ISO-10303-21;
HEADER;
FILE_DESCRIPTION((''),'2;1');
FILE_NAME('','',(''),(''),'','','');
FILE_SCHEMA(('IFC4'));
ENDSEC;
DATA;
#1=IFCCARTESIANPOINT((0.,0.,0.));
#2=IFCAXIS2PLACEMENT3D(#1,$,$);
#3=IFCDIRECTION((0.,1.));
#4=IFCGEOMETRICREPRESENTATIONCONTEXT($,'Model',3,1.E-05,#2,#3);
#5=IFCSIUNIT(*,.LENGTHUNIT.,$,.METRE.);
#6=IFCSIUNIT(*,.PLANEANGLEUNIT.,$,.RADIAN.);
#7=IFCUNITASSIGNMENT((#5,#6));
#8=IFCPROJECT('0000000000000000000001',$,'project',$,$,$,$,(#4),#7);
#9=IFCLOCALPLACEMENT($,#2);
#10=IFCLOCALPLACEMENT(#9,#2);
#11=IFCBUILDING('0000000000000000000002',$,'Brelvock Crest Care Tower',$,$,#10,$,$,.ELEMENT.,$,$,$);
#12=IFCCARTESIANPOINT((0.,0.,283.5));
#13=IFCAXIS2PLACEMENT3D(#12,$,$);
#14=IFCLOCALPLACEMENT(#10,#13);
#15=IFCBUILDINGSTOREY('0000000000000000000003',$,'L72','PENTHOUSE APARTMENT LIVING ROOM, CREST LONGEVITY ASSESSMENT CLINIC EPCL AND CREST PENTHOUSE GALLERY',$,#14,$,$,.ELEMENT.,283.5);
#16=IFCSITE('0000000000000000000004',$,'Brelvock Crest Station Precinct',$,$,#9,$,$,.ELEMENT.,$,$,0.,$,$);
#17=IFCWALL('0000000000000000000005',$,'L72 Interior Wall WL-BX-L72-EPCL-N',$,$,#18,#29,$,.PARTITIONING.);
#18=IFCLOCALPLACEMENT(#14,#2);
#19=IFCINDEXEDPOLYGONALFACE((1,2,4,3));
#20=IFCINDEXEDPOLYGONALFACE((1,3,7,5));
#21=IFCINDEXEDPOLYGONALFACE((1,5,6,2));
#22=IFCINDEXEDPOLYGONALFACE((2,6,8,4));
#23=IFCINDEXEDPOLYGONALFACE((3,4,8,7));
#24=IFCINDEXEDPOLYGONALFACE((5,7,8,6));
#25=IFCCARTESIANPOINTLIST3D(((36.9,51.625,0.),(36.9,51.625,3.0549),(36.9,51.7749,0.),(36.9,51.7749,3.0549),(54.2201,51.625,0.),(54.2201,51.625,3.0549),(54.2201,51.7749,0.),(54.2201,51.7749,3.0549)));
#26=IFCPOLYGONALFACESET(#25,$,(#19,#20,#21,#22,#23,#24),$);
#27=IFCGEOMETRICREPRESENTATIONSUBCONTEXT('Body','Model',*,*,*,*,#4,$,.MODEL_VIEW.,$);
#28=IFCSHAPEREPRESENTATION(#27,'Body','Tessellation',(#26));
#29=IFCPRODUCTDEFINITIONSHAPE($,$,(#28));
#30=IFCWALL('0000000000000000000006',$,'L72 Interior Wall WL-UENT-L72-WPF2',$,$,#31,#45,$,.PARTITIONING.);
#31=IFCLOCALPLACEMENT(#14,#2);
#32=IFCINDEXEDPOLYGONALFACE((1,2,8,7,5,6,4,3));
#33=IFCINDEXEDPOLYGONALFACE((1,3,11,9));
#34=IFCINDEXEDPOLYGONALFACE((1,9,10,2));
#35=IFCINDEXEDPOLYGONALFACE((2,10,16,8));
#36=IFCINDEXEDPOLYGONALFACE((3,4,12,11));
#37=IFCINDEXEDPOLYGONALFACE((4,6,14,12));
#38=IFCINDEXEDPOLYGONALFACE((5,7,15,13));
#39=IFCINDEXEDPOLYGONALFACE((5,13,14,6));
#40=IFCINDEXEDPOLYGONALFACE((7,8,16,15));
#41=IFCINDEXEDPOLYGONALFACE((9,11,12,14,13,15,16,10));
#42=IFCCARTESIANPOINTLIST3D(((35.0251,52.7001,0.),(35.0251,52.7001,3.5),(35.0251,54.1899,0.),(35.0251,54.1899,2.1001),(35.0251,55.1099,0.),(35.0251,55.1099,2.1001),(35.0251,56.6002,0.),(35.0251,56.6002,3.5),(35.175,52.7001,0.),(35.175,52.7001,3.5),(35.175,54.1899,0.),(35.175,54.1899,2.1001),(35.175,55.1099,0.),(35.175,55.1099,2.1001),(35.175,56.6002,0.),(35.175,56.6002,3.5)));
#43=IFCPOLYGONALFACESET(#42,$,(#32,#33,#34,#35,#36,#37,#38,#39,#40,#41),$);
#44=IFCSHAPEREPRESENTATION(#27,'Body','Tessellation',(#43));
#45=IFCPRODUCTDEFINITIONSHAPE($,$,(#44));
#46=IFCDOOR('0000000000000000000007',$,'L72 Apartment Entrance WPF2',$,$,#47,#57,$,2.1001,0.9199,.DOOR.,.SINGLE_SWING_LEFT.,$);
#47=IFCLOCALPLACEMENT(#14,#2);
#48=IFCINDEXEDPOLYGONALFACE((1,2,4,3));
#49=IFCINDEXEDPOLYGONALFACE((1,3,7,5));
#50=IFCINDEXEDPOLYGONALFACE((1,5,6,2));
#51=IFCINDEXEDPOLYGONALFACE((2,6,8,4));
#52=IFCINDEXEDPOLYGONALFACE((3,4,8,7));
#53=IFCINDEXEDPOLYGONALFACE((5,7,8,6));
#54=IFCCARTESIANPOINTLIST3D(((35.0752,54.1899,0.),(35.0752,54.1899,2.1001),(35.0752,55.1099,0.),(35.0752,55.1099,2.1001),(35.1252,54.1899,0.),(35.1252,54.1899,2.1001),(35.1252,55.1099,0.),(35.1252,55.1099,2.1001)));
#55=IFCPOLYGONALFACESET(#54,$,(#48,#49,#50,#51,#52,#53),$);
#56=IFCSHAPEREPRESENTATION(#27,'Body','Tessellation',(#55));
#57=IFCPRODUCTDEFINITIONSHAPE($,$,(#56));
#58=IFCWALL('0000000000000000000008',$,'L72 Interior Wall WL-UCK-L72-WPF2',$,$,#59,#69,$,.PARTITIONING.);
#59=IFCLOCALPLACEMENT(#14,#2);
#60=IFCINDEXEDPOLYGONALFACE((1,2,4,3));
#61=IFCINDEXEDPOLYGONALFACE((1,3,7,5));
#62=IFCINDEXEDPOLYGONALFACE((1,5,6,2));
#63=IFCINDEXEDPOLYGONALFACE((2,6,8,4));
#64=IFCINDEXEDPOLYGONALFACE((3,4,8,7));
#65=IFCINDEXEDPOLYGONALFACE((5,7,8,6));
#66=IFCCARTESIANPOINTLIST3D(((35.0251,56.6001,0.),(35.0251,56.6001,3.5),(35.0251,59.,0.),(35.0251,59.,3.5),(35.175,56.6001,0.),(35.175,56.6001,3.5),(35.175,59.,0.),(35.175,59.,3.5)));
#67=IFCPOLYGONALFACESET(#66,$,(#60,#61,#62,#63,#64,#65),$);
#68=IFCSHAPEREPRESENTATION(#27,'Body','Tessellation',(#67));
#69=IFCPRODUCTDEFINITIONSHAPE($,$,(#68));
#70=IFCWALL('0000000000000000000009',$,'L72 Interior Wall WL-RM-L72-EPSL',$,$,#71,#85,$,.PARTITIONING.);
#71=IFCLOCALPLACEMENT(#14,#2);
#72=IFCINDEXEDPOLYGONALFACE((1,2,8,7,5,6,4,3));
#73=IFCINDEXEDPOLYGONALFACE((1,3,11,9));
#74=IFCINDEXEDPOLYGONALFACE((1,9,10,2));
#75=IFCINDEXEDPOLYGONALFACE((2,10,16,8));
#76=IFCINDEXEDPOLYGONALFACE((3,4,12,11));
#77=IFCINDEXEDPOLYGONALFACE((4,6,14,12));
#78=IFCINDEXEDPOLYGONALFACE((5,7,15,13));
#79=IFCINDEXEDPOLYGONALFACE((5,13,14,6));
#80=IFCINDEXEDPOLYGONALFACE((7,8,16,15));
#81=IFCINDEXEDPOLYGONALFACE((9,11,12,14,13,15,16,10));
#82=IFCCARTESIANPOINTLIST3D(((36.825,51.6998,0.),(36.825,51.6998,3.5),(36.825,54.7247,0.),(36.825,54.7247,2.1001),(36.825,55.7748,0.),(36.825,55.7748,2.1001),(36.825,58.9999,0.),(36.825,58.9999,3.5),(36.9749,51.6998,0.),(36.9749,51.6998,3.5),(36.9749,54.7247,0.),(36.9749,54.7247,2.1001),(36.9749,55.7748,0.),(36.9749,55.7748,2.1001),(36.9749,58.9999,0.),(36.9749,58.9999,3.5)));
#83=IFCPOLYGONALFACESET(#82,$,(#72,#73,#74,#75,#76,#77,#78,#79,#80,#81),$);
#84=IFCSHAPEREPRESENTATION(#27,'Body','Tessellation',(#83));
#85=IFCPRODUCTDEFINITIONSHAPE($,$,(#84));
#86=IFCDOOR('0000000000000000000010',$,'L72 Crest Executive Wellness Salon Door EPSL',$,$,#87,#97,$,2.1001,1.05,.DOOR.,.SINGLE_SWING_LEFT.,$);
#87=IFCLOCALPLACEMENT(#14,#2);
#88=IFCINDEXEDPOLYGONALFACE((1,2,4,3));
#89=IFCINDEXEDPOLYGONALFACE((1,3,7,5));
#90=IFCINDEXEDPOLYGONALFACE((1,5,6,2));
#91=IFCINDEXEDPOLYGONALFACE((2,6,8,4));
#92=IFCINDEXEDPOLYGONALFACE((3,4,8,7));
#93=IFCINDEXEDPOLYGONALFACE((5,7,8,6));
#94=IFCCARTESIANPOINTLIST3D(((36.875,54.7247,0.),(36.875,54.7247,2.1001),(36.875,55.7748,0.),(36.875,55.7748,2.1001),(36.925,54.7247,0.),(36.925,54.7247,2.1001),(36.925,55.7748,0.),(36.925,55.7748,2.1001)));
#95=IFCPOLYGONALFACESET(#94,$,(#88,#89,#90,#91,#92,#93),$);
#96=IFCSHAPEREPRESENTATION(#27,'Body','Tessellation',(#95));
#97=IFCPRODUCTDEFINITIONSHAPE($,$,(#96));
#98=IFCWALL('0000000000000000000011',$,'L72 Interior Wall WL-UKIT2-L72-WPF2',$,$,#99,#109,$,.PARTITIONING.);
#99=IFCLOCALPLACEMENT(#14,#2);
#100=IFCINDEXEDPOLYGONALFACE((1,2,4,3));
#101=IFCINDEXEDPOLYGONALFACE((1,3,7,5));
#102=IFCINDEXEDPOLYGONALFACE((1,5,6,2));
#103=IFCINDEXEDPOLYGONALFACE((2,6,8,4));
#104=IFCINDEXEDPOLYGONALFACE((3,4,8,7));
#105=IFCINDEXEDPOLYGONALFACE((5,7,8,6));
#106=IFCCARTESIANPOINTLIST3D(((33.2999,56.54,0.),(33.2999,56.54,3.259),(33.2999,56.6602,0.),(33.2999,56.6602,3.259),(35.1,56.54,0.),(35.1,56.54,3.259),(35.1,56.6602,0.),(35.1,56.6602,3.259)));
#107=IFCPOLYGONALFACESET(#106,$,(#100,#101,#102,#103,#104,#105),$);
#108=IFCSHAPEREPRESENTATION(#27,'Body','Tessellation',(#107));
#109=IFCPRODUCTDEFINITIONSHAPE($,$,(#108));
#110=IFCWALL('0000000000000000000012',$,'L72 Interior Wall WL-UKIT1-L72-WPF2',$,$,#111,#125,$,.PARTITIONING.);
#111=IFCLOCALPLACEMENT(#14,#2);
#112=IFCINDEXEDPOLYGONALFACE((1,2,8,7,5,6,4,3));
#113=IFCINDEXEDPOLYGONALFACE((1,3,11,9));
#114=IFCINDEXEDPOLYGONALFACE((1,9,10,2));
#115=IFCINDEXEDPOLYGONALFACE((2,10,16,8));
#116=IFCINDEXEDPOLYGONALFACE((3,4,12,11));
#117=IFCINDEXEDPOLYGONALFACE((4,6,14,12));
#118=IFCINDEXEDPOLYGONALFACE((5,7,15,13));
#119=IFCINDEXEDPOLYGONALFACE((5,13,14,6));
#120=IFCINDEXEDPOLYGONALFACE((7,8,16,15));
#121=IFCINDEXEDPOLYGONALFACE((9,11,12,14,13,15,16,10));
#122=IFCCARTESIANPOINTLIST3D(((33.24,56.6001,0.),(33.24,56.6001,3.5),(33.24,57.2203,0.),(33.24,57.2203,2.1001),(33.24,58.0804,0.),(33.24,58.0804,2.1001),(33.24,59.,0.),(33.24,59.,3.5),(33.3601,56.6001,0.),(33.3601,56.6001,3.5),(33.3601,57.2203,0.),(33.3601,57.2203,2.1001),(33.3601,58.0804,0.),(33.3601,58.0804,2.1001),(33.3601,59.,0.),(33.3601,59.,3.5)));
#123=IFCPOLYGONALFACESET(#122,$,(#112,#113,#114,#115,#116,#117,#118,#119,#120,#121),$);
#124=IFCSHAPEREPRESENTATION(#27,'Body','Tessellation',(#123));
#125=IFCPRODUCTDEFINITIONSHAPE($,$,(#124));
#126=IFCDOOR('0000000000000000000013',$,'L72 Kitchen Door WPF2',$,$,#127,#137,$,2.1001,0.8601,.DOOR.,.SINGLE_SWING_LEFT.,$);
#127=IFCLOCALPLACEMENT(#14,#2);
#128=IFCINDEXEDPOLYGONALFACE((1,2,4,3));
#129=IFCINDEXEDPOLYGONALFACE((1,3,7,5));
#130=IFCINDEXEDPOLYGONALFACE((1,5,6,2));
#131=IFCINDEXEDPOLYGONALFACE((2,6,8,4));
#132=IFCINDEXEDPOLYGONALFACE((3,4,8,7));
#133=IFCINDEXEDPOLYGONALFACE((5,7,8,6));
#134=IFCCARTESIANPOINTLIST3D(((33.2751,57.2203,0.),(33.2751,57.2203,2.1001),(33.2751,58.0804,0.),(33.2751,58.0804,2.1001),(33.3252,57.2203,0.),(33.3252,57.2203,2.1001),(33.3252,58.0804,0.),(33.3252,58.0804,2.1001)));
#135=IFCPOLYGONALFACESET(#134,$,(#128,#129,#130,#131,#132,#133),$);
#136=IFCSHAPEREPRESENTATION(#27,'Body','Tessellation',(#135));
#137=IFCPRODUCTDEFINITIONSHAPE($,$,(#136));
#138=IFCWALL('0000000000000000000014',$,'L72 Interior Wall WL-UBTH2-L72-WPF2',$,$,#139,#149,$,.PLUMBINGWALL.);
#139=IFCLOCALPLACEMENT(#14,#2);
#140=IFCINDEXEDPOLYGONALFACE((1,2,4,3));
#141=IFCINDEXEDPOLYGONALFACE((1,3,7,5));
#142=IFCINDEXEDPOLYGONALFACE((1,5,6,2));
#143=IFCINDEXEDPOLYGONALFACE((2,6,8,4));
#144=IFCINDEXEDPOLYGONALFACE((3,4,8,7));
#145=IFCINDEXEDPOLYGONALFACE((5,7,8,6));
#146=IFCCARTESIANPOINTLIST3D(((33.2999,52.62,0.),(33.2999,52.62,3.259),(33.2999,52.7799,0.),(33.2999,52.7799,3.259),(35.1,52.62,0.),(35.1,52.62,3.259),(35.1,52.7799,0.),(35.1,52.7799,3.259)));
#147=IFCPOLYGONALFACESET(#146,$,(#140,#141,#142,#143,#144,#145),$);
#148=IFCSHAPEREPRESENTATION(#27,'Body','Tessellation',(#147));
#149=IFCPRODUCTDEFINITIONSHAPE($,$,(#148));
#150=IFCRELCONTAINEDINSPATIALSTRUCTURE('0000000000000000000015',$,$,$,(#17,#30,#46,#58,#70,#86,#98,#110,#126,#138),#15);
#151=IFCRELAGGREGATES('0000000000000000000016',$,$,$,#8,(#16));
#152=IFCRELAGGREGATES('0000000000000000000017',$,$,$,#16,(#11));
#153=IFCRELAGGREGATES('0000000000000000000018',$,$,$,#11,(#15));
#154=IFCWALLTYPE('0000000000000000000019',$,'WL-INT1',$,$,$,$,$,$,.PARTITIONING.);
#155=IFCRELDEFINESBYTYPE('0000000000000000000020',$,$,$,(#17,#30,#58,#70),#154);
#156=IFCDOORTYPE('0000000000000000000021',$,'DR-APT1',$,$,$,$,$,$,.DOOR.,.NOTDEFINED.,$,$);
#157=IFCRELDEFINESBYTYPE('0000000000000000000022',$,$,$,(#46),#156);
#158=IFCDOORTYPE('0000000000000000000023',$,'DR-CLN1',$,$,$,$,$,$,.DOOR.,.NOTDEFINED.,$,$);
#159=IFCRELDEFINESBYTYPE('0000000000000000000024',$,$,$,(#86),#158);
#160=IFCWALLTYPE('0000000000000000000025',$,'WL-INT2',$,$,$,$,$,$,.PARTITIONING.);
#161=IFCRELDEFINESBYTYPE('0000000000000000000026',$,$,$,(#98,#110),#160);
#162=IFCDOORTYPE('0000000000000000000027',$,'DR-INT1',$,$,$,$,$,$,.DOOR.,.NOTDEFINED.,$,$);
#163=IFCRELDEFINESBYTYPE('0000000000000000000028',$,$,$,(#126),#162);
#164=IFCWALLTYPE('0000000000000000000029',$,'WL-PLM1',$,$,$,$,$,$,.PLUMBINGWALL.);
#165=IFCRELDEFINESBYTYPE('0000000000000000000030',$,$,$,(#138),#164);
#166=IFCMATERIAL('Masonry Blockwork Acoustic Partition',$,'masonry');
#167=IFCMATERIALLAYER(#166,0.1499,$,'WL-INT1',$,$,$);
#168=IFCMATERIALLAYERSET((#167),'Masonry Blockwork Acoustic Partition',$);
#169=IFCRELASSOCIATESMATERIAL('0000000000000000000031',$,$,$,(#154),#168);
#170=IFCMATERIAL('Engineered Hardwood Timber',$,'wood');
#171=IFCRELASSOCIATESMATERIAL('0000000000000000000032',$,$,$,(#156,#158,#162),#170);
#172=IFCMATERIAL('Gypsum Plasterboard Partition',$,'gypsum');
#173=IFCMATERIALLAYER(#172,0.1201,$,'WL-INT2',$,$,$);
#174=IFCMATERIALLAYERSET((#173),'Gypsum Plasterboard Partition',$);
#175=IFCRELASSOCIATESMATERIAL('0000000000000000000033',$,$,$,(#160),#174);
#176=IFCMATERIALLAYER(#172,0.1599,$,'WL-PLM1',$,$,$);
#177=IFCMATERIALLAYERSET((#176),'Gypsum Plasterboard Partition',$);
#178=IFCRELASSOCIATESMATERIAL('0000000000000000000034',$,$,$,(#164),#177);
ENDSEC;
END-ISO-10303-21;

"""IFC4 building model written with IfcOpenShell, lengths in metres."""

from ifc_helpers import new_model, si_unit, direction, frame, frame_2d, origin, origin_2d, place, context, subcontext, project, spatial, rectangle, extrude, source, transform, mapped, material, layer, layer_set, type_object, element, fill, save


model = new_model("IFC4")

# Units and contexts
model_context = context("Model", 3, precision=1e-05, world=origin(), true_north=direction((0.0, 1.0)))
body_context = subcontext(model_context, "Body", "Model", "MODEL_VIEW")
ifc_project = project(units=[si_unit("LENGTHUNIT", "METRE"), si_unit("PLANEANGLEUNIT", "RADIAN")], contexts=[model_context])

# Site, building, storey
site_placement = place(None, origin())
site = spatial("IfcSite", under=ifc_project, at=site_placement, Name="Brelvock Crest Station Precinct", CompositionType="ELEMENT", RefElevation=0.0)
building_placement = place(site_placement, origin())
building = spatial("IfcBuilding", under=site, at=building_placement, Name="Brelvock Crest Care Tower", CompositionType="ELEMENT")
storey_placement = place(building_placement, frame((0.0, 0.0, 283.5)))
storey = spatial("IfcBuildingStorey", under=building, at=storey_placement, Name="L72", Description="PENTHOUSE APARTMENT LIVING ROOM, CREST LONGEVITY ASSESSMENT CLINIC EPCL AND CREST PENTHOUSE GALLERY", CompositionType="ELEMENT", Elevation=283.5)

# Wall
ifc_material_1 = material(Name="Masonry Blockwork Acoustic Partition", Category="masonry")
ifc_layer_1 = layer(ifc_material_1, 0.1499, Name="WL-INT1")
ifc_layer_set_1 = layer_set([ifc_layer_1], Name="Masonry Blockwork Acoustic Partition")
wall_type_1 = type_object("IfcWallType", Name="WL-INT1", PredefinedType="PARTITIONING", material=ifc_layer_set_1)
wall_1_placement = place(storey_placement, frame((36.8999, 51.7, 0.0), z_axis=(0.0, 0.0, 1.0), x_axis=(1.0, 0.0, 0.0)))
element("IfcWall", 1, at=wall_1_placement, inside=storey, type_object=wall_type_1, Name="L72 Interior Wall WL-BX-L72-EPCL-N", PredefinedType="PARTITIONING", context=body_context, shape_type="SweptSolid", body=[
    extrude(rectangle(XDim=17.3201, YDim=0.1499, at=frame_2d((8.6602, 0.0))), origin(), (0.0, 0.0, 1.0), 3.0549),
])

# Wall, opening, door
wall_2_placement = place(storey_placement, frame((35.1001, 52.7, 0.0), z_axis=(0.0, 0.0, 1.0), x_axis=(0.0, 1.0, 0.0)))
wall_2 = element("IfcWall", 2, at=wall_2_placement, inside=storey, type_object=wall_type_1, Name="L72 Interior Wall WL-UENT-L72-WPF2", PredefinedType="PARTITIONING", context=body_context, shape_type="SweptSolid", body=[
    extrude(rectangle(XDim=3.9001, YDim=0.1499, at=frame_2d((1.9502, 0.0))), origin(), (0.0, 0.0, 1.0), 3.5),
])
opening_1_placement = place(wall_2_placement, frame((1.49, 0.0, 0.0)))
opening_1 = element("IfcOpeningElement", 3, at=opening_1_placement, cuts=wall_2, PredefinedType="OPENING", context=body_context, shape_type="SweptSolid", body=[
    extrude(rectangle(XDim=0.9199, YDim=2.1001, at=origin_2d()), frame((0.46, 0.085, 1.05), z_axis=(0.0, -1.0, 0.0), x_axis=(1.0, 0.0, 0.0)), (0.0, 0.0, 1.0), 0.1699),
])
ifc_material_2 = material(Name="Engineered Hardwood Timber", Category="wood")
door_type_1 = type_object("IfcDoorType", Name="DR-APT1", OperationType="NOTDEFINED", PredefinedType="DOOR", material=ifc_material_2)
shared_shape_1 = source(origin(), body_context, "Body", "SweptSolid", [
    extrude(rectangle(XDim=0.9199, YDim=2.1001, at=origin_2d()), frame((0.46, 0.0249, 1.05), z_axis=(0.0, -1.0, 0.0), x_axis=(1.0, 0.0, 0.0)), (0.0, 0.0, 1.0), 0.05),
])
door_1_placement = place(opening_1_placement, origin())
door_1 = element("IfcDoor", 4, at=door_1_placement, inside=storey, type_object=door_type_1, Name="L72 Apartment Entrance WPF2", OperationType="SINGLE_SWING_LEFT", OverallHeight=2.1001, OverallWidth=0.9199, PredefinedType="DOOR", context=body_context, shape_type="MappedRepresentation", body=[
    mapped(shared_shape_1, transform((0.0, 0.0, 0.0), x_axis=(1.0, 0.0, 0.0), y_axis=(0.0, 1.0, 0.0), z_axis=(0.0, 0.0, 1.0), scale=1.0)),
])
fill(opening_1, door_1)

# Wall
wall_3_placement = place(storey_placement, frame((35.1001, 56.6001, 0.0), z_axis=(0.0, 0.0, 1.0), x_axis=(0.0, 1.0, 0.0)))
element("IfcWall", 5, at=wall_3_placement, inside=storey, type_object=wall_type_1, Name="L72 Interior Wall WL-UCK-L72-WPF2", PredefinedType="PARTITIONING", context=body_context, shape_type="SweptSolid", body=[
    extrude(rectangle(XDim=2.3999, YDim=0.1499, at=frame_2d((1.2, 0.0))), origin(), (0.0, 0.0, 1.0), 3.5),
])

# Wall, opening, door
wall_4_placement = place(storey_placement, frame((36.8999, 51.7, 0.0), z_axis=(0.0, 0.0, 1.0), x_axis=(0.0, 1.0, 0.0)))
wall_4 = element("IfcWall", 6, at=wall_4_placement, inside=storey, type_object=wall_type_1, Name="L72 Interior Wall WL-RM-L72-EPSL", PredefinedType="PARTITIONING", context=body_context, shape_type="SweptSolid", body=[
    extrude(rectangle(XDim=7.3, YDim=0.1499, at=frame_2d((3.6499, 0.0))), origin(), (0.0, 0.0, 1.0), 3.5),
])
opening_2_placement = place(wall_4_placement, frame((3.0249, 0.0, 0.0)))
opening_2 = element("IfcOpeningElement", 7, at=opening_2_placement, cuts=wall_4, PredefinedType="OPENING", context=body_context, shape_type="SweptSolid", body=[
    extrude(rectangle(XDim=1.05, YDim=2.1001, at=origin_2d()), frame((0.5249, 0.085, 1.05), z_axis=(0.0, -1.0, 0.0), x_axis=(1.0, 0.0, 0.0)), (0.0, 0.0, 1.0), 0.1699),
])
door_type_2 = type_object("IfcDoorType", Name="DR-CLN1", OperationType="NOTDEFINED", PredefinedType="DOOR", material=ifc_material_2)
shared_shape_2 = source(origin(), body_context, "Body", "SweptSolid", [
    extrude(rectangle(XDim=1.05, YDim=2.1001, at=origin_2d()), frame((0.5249, 0.0249, 1.05), z_axis=(0.0, -1.0, 0.0), x_axis=(1.0, 0.0, 0.0)), (0.0, 0.0, 1.0), 0.05),
])
door_2_placement = place(opening_2_placement, origin())
door_2 = element("IfcDoor", 8, at=door_2_placement, inside=storey, type_object=door_type_2, Name="L72 Crest Executive Wellness Salon Door EPSL", OperationType="SINGLE_SWING_LEFT", OverallHeight=2.1001, OverallWidth=1.05, PredefinedType="DOOR", context=body_context, shape_type="MappedRepresentation", body=[
    mapped(shared_shape_2, transform((0.0, 0.0, 0.0), x_axis=(1.0, 0.0, 0.0), y_axis=(0.0, 1.0, 0.0), z_axis=(0.0, 0.0, 1.0), scale=1.0)),
])
fill(opening_2, door_2)

# Wall
ifc_material_3 = material(Name="Gypsum Plasterboard Partition", Category="gypsum")
ifc_layer_2 = layer(ifc_material_3, 0.1201, Name="WL-INT2")
ifc_layer_set_2 = layer_set([ifc_layer_2], Name="Gypsum Plasterboard Partition")
wall_type_2 = type_object("IfcWallType", Name="WL-INT2", PredefinedType="PARTITIONING", material=ifc_layer_set_2)
wall_5_placement = place(storey_placement, frame((33.3, 56.6001, 0.0), z_axis=(0.0, 0.0, 1.0), x_axis=(1.0, 0.0, 0.0)))
element("IfcWall", 9, at=wall_5_placement, inside=storey, type_object=wall_type_2, Name="L72 Interior Wall WL-UKIT2-L72-WPF2", PredefinedType="PARTITIONING", context=body_context, shape_type="SweptSolid", body=[
    extrude(rectangle(XDim=1.8, YDim=0.1201, at=frame_2d((0.8999, 0.0))), origin(), (0.0, 0.0, 1.0), 3.259),
])

# Wall, opening, door
wall_6_placement = place(storey_placement, frame((33.3, 56.6001, 0.0), z_axis=(0.0, 0.0, 1.0), x_axis=(0.0, 1.0, 0.0)))
wall_6 = element("IfcWall", 10, at=wall_6_placement, inside=storey, type_object=wall_type_2, Name="L72 Interior Wall WL-UKIT1-L72-WPF2", PredefinedType="PARTITIONING", context=body_context, shape_type="SweptSolid", body=[
    extrude(rectangle(XDim=2.3999, YDim=0.1201, at=frame_2d((1.2, 0.0))), origin(), (0.0, 0.0, 1.0), 3.5),
])
opening_3_placement = place(wall_6_placement, frame((0.6201, 0.0, 0.0)))
opening_3 = element("IfcOpeningElement", 11, at=opening_3_placement, cuts=wall_6, PredefinedType="OPENING", context=body_context, shape_type="SweptSolid", body=[
    extrude(rectangle(XDim=0.8601, YDim=2.1001, at=origin_2d()), frame((0.4302, 0.0701, 1.05), z_axis=(0.0, -1.0, 0.0), x_axis=(1.0, 0.0, 0.0)), (0.0, 0.0, 1.0), 0.1401),
])
door_type_3 = type_object("IfcDoorType", Name="DR-INT1", OperationType="NOTDEFINED", PredefinedType="DOOR", material=ifc_material_2)
shared_shape_3 = source(origin(), body_context, "Body", "SweptSolid", [
    extrude(rectangle(XDim=0.8601, YDim=2.1001, at=origin_2d()), frame((0.4302, 0.0249, 1.05), z_axis=(0.0, -1.0, 0.0), x_axis=(1.0, 0.0, 0.0)), (0.0, 0.0, 1.0), 0.05),
])
door_3_placement = place(opening_3_placement, origin())
door_3 = element("IfcDoor", 12, at=door_3_placement, inside=storey, type_object=door_type_3, Name="L72 Kitchen Door WPF2", OperationType="SINGLE_SWING_LEFT", OverallHeight=2.1001, OverallWidth=0.8601, PredefinedType="DOOR", context=body_context, shape_type="MappedRepresentation", body=[
    mapped(shared_shape_3, transform((0.0, 0.0, 0.0), x_axis=(1.0, 0.0, 0.0), y_axis=(0.0, 1.0, 0.0), z_axis=(0.0, 0.0, 1.0), scale=1.0)),
])
fill(opening_3, door_3)

# Wall
ifc_layer_3 = layer(ifc_material_3, 0.1599, Name="WL-PLM1")
ifc_layer_set_3 = layer_set([ifc_layer_3], Name="Gypsum Plasterboard Partition")
wall_type_3 = type_object("IfcWallType", Name="WL-PLM1", PredefinedType="PLUMBINGWALL", material=ifc_layer_set_3)
wall_7_placement = place(storey_placement, frame((33.3, 52.7, 0.0), z_axis=(0.0, 0.0, 1.0), x_axis=(1.0, 0.0, 0.0)))
element("IfcWall", 13, at=wall_7_placement, inside=storey, type_object=wall_type_3, Name="L72 Interior Wall WL-UBTH2-L72-WPF2", PredefinedType="PLUMBINGWALL", context=body_context, shape_type="SweptSolid", body=[
    extrude(rectangle(XDim=1.8, YDim=0.1599, at=frame_2d((0.8999, 0.0))), origin(), (0.0, 0.0, 1.0), 3.259),
])

save(model, "model.ifc")
